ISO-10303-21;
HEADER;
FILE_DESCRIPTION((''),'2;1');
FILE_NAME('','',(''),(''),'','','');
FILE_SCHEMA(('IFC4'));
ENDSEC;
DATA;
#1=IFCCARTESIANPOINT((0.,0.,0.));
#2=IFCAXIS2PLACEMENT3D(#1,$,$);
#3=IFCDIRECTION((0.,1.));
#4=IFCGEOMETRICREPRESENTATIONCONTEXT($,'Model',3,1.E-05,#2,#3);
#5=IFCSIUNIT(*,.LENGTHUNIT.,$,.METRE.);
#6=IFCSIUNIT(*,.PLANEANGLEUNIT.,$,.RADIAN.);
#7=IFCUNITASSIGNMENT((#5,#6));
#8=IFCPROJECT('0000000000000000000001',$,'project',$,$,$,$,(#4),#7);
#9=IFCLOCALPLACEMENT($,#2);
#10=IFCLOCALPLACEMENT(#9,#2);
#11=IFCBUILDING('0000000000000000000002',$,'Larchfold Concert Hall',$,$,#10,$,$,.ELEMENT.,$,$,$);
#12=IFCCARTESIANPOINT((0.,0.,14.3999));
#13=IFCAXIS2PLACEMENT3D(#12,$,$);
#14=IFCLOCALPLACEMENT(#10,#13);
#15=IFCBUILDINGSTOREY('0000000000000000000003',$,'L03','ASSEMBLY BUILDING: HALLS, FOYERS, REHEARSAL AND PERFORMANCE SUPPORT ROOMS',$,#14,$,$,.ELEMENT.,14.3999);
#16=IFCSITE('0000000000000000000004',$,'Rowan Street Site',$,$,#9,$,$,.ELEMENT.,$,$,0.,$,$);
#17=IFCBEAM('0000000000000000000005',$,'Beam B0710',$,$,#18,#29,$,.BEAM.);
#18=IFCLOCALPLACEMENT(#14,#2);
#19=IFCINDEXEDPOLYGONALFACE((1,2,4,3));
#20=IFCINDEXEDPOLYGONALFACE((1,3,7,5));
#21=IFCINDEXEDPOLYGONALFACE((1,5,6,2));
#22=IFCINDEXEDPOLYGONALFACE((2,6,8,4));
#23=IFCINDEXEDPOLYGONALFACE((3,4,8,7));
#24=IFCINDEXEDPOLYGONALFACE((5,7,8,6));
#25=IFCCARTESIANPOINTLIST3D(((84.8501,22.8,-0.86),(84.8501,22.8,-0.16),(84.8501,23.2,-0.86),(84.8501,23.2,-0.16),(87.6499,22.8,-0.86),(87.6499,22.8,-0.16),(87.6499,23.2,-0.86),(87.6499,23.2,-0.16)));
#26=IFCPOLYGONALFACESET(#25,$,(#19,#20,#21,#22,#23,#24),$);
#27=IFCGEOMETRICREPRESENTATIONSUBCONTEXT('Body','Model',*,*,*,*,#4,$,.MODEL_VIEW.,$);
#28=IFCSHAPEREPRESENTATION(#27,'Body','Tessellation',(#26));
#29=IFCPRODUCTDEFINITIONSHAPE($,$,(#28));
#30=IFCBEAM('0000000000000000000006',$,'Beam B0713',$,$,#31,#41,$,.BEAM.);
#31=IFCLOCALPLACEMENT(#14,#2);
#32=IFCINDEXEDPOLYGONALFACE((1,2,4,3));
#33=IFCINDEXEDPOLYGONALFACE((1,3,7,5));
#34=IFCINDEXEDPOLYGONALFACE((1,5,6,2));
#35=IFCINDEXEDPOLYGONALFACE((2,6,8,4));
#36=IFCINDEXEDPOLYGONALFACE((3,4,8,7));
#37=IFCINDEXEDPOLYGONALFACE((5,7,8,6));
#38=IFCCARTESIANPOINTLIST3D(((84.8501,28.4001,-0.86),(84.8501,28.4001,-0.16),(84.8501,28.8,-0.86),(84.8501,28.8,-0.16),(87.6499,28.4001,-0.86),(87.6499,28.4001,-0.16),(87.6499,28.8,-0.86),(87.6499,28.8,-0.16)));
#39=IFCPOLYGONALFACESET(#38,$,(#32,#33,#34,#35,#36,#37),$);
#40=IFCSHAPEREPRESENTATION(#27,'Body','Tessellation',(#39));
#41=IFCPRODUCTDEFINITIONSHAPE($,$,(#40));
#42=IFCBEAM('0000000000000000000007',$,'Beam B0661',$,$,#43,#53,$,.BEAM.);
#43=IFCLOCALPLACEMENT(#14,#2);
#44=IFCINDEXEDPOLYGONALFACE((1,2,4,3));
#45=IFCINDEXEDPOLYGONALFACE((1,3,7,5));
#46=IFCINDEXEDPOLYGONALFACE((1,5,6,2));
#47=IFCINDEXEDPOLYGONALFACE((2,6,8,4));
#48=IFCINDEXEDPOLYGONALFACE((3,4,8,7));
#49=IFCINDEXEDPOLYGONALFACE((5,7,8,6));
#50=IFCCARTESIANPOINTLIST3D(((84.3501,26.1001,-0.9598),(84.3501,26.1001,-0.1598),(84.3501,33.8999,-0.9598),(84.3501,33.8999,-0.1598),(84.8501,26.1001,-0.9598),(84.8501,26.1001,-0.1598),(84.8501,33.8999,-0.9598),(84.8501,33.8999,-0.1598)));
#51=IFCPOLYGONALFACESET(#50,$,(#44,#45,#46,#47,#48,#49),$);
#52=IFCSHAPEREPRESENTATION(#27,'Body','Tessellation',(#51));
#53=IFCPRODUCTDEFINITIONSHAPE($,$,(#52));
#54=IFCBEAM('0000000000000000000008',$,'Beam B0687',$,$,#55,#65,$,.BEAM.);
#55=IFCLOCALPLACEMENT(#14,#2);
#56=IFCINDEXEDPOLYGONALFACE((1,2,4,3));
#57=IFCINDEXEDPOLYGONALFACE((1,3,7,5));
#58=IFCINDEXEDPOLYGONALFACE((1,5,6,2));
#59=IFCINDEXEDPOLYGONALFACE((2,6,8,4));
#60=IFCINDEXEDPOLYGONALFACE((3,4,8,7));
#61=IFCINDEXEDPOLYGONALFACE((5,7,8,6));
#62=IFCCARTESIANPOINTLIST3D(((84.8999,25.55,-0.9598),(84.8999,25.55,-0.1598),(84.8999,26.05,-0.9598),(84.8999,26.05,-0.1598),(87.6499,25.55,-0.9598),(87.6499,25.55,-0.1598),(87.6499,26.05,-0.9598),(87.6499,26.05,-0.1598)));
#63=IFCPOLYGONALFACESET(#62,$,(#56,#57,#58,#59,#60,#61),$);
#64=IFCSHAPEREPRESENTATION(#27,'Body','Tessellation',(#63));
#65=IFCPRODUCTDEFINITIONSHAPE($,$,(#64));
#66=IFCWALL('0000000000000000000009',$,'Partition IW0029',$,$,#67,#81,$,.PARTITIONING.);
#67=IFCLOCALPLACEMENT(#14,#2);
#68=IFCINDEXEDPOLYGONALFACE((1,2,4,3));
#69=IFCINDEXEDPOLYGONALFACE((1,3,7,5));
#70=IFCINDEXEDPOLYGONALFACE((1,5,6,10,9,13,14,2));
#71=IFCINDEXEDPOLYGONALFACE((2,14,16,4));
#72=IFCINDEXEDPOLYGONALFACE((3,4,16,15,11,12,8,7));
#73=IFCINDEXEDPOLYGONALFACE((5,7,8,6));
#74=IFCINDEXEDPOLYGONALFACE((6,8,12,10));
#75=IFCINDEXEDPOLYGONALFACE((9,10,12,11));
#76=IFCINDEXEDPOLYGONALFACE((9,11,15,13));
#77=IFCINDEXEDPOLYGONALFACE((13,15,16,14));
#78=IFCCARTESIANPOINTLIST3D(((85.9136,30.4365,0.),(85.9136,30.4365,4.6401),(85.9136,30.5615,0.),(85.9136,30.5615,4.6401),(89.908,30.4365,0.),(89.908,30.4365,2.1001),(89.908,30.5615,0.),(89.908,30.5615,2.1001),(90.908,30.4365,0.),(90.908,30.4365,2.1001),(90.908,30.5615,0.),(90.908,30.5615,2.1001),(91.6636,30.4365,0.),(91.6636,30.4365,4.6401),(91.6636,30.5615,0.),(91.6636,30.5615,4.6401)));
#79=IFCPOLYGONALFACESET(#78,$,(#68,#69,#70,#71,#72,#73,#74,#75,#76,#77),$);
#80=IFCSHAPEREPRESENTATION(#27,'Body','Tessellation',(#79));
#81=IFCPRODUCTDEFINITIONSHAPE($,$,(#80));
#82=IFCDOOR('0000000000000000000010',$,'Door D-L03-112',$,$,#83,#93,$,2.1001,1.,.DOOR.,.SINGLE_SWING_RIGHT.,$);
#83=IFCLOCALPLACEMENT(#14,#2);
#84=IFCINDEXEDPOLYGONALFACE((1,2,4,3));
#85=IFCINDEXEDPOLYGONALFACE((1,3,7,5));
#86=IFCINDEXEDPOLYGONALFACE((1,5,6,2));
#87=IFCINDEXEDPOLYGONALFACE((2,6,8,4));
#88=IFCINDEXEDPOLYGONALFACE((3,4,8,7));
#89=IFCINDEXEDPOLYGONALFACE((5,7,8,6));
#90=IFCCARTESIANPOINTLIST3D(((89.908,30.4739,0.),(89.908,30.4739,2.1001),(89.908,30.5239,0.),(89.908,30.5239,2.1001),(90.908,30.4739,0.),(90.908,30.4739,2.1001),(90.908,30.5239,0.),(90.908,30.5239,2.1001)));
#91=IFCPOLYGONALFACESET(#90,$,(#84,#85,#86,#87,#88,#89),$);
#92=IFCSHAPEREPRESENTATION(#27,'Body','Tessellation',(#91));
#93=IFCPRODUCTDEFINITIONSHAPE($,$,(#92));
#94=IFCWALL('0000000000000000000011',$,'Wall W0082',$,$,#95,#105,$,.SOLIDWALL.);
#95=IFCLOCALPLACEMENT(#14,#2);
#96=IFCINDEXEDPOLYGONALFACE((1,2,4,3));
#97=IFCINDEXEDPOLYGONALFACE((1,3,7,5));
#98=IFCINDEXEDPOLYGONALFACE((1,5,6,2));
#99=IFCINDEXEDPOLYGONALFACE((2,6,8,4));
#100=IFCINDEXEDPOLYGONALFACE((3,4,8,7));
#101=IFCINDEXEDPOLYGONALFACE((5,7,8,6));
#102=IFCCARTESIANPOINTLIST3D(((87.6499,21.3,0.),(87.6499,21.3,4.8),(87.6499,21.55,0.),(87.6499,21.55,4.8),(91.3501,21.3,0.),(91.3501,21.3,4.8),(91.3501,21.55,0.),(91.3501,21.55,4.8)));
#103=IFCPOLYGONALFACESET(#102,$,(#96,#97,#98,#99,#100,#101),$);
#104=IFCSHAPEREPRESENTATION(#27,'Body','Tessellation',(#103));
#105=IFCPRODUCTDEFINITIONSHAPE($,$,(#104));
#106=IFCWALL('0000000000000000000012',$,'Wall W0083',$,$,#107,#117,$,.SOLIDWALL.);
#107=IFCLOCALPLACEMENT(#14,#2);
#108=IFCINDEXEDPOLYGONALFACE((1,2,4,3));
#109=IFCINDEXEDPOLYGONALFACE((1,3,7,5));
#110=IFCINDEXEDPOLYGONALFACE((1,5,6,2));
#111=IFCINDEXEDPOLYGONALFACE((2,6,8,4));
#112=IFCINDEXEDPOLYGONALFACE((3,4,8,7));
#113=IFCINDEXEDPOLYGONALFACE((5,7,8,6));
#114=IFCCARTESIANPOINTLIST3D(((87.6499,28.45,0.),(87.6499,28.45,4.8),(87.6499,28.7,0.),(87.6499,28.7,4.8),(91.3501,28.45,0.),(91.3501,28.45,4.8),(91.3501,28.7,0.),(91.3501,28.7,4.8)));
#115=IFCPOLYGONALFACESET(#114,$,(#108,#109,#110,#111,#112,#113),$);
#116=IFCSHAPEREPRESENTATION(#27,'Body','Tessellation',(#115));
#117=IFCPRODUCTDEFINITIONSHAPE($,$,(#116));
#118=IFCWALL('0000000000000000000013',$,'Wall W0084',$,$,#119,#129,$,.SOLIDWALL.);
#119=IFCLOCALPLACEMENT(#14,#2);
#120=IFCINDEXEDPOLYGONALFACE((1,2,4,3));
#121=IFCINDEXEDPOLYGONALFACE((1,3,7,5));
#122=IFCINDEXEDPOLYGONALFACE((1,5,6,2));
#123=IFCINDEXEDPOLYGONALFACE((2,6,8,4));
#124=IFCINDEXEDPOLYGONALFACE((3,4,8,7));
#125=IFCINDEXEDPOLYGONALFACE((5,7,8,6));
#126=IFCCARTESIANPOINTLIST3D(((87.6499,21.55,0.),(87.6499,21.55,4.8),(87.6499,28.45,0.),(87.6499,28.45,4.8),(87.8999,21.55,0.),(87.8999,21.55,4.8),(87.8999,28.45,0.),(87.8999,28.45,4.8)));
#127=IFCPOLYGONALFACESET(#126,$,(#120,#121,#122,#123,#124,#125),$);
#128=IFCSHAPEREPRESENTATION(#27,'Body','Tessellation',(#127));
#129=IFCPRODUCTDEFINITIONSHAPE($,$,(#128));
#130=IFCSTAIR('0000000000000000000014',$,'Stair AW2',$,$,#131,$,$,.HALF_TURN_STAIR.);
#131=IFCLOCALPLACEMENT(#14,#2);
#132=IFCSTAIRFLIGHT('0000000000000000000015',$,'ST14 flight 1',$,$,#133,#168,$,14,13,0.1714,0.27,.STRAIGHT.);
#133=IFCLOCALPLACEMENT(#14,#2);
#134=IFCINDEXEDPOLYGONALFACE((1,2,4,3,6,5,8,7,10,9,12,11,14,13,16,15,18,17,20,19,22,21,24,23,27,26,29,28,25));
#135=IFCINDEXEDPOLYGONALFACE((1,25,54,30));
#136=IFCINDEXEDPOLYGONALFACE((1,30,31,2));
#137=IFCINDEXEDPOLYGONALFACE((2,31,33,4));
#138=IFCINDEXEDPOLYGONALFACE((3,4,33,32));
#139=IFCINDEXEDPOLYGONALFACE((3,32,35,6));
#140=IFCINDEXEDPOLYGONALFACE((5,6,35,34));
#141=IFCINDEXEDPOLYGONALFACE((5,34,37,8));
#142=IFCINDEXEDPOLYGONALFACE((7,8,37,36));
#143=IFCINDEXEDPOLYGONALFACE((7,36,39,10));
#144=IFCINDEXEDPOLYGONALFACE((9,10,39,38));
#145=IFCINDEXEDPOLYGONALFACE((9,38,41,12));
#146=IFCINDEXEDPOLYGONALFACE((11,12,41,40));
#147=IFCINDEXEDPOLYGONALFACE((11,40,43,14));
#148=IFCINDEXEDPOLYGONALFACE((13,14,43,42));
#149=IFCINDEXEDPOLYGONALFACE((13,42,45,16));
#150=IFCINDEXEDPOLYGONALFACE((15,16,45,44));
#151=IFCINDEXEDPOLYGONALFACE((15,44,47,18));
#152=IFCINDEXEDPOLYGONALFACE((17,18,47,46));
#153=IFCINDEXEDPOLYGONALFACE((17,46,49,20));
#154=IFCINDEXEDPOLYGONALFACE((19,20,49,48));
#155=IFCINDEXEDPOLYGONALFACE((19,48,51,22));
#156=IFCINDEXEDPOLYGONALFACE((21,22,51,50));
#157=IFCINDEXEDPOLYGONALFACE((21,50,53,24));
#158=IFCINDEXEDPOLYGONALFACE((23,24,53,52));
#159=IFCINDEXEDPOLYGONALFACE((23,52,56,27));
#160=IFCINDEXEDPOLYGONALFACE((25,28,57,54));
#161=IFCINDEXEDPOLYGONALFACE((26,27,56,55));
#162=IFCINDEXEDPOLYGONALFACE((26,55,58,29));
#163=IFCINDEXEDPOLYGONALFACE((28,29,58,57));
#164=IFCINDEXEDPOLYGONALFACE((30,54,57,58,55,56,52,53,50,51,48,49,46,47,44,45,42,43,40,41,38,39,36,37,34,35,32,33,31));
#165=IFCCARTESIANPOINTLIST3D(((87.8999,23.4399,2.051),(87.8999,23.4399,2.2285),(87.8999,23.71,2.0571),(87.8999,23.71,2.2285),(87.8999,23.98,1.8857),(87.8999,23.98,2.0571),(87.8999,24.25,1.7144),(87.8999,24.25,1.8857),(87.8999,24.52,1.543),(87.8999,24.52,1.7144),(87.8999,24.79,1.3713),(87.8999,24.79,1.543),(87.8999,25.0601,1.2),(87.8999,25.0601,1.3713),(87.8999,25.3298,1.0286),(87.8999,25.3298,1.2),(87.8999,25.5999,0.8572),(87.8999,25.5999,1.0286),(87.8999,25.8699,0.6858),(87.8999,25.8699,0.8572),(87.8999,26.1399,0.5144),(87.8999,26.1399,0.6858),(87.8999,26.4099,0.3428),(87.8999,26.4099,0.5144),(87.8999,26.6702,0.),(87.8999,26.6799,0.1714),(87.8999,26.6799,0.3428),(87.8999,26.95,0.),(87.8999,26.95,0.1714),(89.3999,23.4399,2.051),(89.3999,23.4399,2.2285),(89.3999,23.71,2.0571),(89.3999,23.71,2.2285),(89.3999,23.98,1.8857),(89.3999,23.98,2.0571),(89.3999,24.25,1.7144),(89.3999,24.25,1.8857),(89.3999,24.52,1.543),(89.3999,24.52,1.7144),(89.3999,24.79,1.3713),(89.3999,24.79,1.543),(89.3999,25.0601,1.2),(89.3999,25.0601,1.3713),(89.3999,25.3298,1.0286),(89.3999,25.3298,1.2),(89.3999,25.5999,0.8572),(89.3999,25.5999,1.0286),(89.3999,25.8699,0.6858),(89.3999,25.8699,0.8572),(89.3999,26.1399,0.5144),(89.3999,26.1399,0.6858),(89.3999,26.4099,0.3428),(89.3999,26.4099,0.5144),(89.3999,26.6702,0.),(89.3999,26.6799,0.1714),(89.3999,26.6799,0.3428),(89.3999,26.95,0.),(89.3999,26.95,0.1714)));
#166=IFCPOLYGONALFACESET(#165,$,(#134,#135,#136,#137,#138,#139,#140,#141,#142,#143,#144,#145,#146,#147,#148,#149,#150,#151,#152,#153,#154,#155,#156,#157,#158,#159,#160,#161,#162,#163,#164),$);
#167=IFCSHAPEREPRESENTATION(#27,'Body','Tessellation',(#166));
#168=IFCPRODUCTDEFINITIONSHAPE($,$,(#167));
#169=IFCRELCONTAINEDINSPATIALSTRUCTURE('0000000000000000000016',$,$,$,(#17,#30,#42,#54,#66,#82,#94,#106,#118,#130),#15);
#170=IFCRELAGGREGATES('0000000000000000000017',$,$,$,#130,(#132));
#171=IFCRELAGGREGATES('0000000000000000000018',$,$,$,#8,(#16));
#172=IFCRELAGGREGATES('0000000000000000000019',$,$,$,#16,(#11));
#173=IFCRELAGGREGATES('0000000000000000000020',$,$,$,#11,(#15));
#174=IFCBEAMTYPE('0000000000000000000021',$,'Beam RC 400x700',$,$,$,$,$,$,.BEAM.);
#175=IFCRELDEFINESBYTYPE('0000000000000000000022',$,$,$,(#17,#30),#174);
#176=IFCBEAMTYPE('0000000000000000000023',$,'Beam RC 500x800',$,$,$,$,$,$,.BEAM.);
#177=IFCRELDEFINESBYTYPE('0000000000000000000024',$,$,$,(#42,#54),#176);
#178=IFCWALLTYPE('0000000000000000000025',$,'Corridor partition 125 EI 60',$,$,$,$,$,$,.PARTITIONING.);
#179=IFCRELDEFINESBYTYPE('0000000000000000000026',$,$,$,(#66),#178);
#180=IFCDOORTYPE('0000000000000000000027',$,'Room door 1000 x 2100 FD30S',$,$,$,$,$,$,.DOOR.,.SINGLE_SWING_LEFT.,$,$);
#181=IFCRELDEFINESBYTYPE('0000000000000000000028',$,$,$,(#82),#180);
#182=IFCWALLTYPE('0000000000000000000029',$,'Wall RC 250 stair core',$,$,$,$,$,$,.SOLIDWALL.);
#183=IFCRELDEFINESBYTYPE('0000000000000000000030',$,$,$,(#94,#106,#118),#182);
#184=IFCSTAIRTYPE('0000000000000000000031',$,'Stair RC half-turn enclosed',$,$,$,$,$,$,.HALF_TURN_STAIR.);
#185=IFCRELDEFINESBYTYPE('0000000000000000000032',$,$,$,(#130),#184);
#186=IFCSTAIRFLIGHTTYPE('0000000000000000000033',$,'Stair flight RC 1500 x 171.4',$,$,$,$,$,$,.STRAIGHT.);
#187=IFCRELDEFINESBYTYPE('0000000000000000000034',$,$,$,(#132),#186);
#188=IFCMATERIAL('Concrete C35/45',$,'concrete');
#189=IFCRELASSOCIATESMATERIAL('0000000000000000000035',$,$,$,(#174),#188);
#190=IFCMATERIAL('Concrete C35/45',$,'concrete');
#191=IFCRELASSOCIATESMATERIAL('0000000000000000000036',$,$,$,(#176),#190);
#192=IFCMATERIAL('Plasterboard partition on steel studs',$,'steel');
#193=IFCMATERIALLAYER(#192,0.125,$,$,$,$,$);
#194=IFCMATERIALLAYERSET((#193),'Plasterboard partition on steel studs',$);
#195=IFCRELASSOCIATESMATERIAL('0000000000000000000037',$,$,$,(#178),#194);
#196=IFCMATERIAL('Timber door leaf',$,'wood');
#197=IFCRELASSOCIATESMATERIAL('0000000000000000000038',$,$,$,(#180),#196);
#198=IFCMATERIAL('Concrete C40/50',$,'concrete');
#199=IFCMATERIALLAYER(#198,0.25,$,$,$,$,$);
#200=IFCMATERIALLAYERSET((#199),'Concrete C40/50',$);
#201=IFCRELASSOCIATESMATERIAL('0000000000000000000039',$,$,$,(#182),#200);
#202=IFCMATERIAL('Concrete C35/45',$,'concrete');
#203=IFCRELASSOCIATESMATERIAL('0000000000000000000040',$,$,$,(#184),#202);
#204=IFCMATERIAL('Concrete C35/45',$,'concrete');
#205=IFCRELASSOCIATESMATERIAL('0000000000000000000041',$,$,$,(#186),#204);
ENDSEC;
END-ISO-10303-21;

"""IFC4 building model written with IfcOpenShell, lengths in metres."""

from ifc_helpers import new_model, si_unit, direction, frame, frame_2d, origin, origin_2d, place, context, subcontext, project, spatial, polyline, rectangle, outline, extrude, material, layer, layer_set, material_profile, profile_set, type_object, element, fill, aggregate, save


model = new_model("IFC4")

# Units and contexts
model_context = context("Model", 3, precision=1e-05, world=origin(), true_north=direction((0.0, 1.0)))
body_context = subcontext(model_context, "Body", "Model", "MODEL_VIEW")
ifc_project = project(units=[si_unit("LENGTHUNIT", "METRE"), si_unit("PLANEANGLEUNIT", "RADIAN")], contexts=[model_context])

# Site, building, storey
site_placement = place(None, origin())
site = spatial("IfcSite", under=ifc_project, at=site_placement, Name="Rowan Street Site", CompositionType="ELEMENT", RefElevation=0.0)
building_placement = place(site_placement, origin())
building = spatial("IfcBuilding", under=site, at=building_placement, Name="Larchfold Concert Hall", CompositionType="ELEMENT")
storey_placement = place(building_placement, frame((0.0, 0.0, 14.3999)))
storey = spatial("IfcBuildingStorey", under=building, at=storey_placement, Name="L03", Description="ASSEMBLY BUILDING: HALLS, FOYERS, REHEARSAL AND PERFORMANCE SUPPORT ROOMS", CompositionType="ELEMENT", Elevation=14.3999)

# Beams
ifc_material_1 = material(Name="Concrete C35/45", Category="concrete")
ifc_material_profile_1 = material_profile(ifc_material_1, rectangle(XDim=0.3999, YDim=0.7, at=origin_2d()))
ifc_profile_set_1 = profile_set([ifc_material_profile_1], Name="Concrete C35/45")
beam_type_1 = type_object("IfcBeamType", Name="Beam RC 400x700", PredefinedType="BEAM", material=ifc_profile_set_1)
for number, where, z_axis, x_axis, name in (
    (1, (84.8501, 23.0, -0.51), (1.0, 0.0, 0.0), (0.0, 1.0, 0.0), "Beam B0710"),
    (2, (84.8501, 28.6001, -0.51), (1.0, 0.0, 0.0), (0.0, 1.0, 0.0), "Beam B0713"),
):
    element("IfcBeam", number, at=place(storey_placement, frame(where, z_axis=z_axis, x_axis=x_axis)), inside=storey, type_object=beam_type_1, Name=name, PredefinedType="BEAM", context=body_context, shape_type="SweptSolid", body=[
        extrude(rectangle(XDim=0.3999, YDim=0.7, at=origin_2d()), origin(), (0.0, 0.0, 1.0), 2.7998),
    ])
ifc_material_2 = material(Name="Concrete C35/45", Category="concrete")
ifc_material_profile_2 = material_profile(ifc_material_2, rectangle(XDim=0.5, YDim=0.8, at=origin_2d()))
ifc_profile_set_2 = profile_set([ifc_material_profile_2], Name="Concrete C35/45")
beam_type_2 = type_object("IfcBeamType", Name="Beam RC 500x800", PredefinedType="BEAM", material=ifc_profile_set_2)
beam_1_placement = place(storey_placement, frame((84.6001, 26.1001, -0.5598), z_axis=(0.0, 1.0, 0.0), x_axis=(-1.0, 0.0, 0.0)))
element("IfcBeam", 3, at=beam_1_placement, inside=storey, type_object=beam_type_2, Name="Beam B0661", PredefinedType="BEAM", context=body_context, shape_type="SweptSolid", body=[
    extrude(rectangle(XDim=0.5, YDim=0.8, at=origin_2d()), origin(), (0.0, 0.0, 1.0), 7.7998),
])
beam_2_placement = place(storey_placement, frame((84.8999, 25.8, -0.5598), z_axis=(1.0, 0.0, 0.0), x_axis=(0.0, 1.0, 0.0)))
element("IfcBeam", 4, at=beam_2_placement, inside=storey, type_object=beam_type_2, Name="Beam B0687", PredefinedType="BEAM", context=body_context, shape_type="SweptSolid", body=[
    extrude(rectangle(XDim=0.5, YDim=0.8, at=origin_2d()), origin(), (0.0, 0.0, 1.0), 2.75),
])

# Wall, opening, door
ifc_material_3 = material(Name="Plasterboard partition on steel studs", Category="steel")
ifc_layer_1 = layer(ifc_material_3, 0.125)
ifc_layer_set_1 = layer_set([ifc_layer_1], Name="Plasterboard partition on steel studs")
wall_type_1 = type_object("IfcWallType", Name="Corridor partition 125 EI 60", PredefinedType="PARTITIONING", material=ifc_layer_set_1)
wall_1_placement = place(storey_placement, frame((85.9136, 30.499, 0.0), z_axis=(0.0, 0.0, 1.0), x_axis=(1.0, 0.0, 0.0)))
wall_1 = element("IfcWall", 5, at=wall_1_placement, inside=storey, type_object=wall_type_1, Name="Partition IW0029", PredefinedType="PARTITIONING", context=body_context, shape_type="SweptSolid", body=[
    extrude(rectangle(XDim=5.75, YDim=0.125, at=frame_2d((2.875, 0.0))), origin(), (0.0, 0.0, 1.0), 4.6401),
])
opening_placement = place(wall_1_placement, frame((3.9944, 0.0, 0.0)))
opening = element("IfcOpeningElement", 6, at=opening_placement, cuts=wall_1, PredefinedType="OPENING", context=body_context, shape_type="SweptSolid", body=[
    extrude(rectangle(XDim=1.0, YDim=2.1001, at=frame_2d((0.5, 1.05))), frame((0.0, 0.0725, 0.0), z_axis=(0.0, -1.0, 0.0), x_axis=(1.0, 0.0, 0.0)), (0.0, 0.0, 1.0), 0.145),
])
ifc_material_4 = material(Name="Timber door leaf", Category="wood")
door_type = type_object("IfcDoorType", Name="Room door 1000 x 2100 FD30S", OperationType="SINGLE_SWING_LEFT", PredefinedType="DOOR", material=ifc_material_4)
door_placement = place(opening_placement, origin())
door = element("IfcDoor", 7, at=door_placement, inside=storey, type_object=door_type, Name="Door D-L03-112", OperationType="SINGLE_SWING_RIGHT", OverallHeight=2.1001, OverallWidth=1.0, PredefinedType="DOOR", context=body_context, shape_type="SweptSolid", body=[
    extrude(rectangle(XDim=1.0, YDim=2.1001, at=frame_2d((0.5, 1.05))), frame((0.0, 0.0249, 0.0), z_axis=(0.0, -1.0, 0.0), x_axis=(1.0, 0.0, 0.0)), (0.0, 0.0, 1.0), 0.05),
])
fill(opening, door)

# Walls
ifc_material_5 = material(Name="Concrete C40/50", Category="concrete")
ifc_layer_2 = layer(ifc_material_5, 0.25)
ifc_layer_set_2 = layer_set([ifc_layer_2], Name="Concrete C40/50")
wall_type_2 = type_object("IfcWallType", Name="Wall RC 250 stair core", PredefinedType="SOLIDWALL", material=ifc_layer_set_2)
for number, where, z_axis, x_axis, name in (
    (8, (87.6499, 21.425, 0.0), (0.0, 0.0, 1.0), (1.0, 0.0, 0.0), "Wall W0082"),
    (9, (87.6499, 28.575, 0.0), (0.0, 0.0, 1.0), (1.0, 0.0, 0.0), "Wall W0083"),
):
    element("IfcWall", number, at=place(storey_placement, frame(where, z_axis=z_axis, x_axis=x_axis)), inside=storey, type_object=wall_type_2, Name=name, PredefinedType="SOLIDWALL", context=body_context, shape_type="SweptSolid", body=[
        extrude(rectangle(XDim=3.7002, YDim=0.25, at=frame_2d((1.8501, 0.0))), origin(), (0.0, 0.0, 1.0), 4.8),
    ])
wall_2_placement = place(storey_placement, frame((87.7749, 21.55, 0.0), z_axis=(0.0, 0.0, 1.0), x_axis=(0.0, 1.0, 0.0)))
element("IfcWall", 10, at=wall_2_placement, inside=storey, type_object=wall_type_2, Name="Wall W0084", PredefinedType="SOLIDWALL", context=body_context, shape_type="SweptSolid", body=[
    extrude(rectangle(XDim=6.8999, YDim=0.25, at=frame_2d((3.45, 0.0))), origin(), (0.0, 0.0, 1.0), 4.8),
])

# Stair, stair flight
ifc_material_6 = material(Name="Concrete C35/45", Category="concrete")
stair_type = type_object("IfcStairType", Name="Stair RC half-turn enclosed", PredefinedType="HALF_TURN_STAIR", material=ifc_material_6)
stair_placement = place(storey_placement, origin())
stair = element("IfcStair", 11, at=stair_placement, inside=storey, type_object=stair_type, Name="Stair AW2", PredefinedType="HALF_TURN_STAIR")
ifc_material_7 = material(Name="Concrete C35/45", Category="concrete")
stair_flight_type = type_object("IfcStairFlightType", Name="Stair flight RC 1500 x 171.4", PredefinedType="STRAIGHT", material=ifc_material_7)
stair_flight_1_placement = place(storey_placement, frame((88.6499, 26.95, 0.0), z_axis=(0.0, 0.0, 1.0), x_axis=(0.0, -1.0, 0.0)))
stair_flight_1 = element("IfcStairFlight", 12, at=stair_flight_1_placement, type_object=stair_flight_type, Name="ST14 flight 1", NumberOfRisers=14, NumberOfTreads=13, PredefinedType="STRAIGHT", RiserHeight=0.1714, TreadLength=0.27, context=body_context, shape_type="SweptSolid", body=[
    extrude(outline(polyline([(0.0, 0.0), (0.0, 0.1714), (0.27, 0.1714), (0.27, 0.3428), (0.54, 0.3428), (0.54, 0.5144), (0.8101, 0.5144), (0.8101, 0.6858), (1.0801, 0.6858), (1.0801, 0.8572), (1.3501, 0.8572), (1.3501, 1.0286), (1.6201, 1.0286), (1.6201, 1.2), (1.8899, 1.2), (1.8899, 1.3713), (2.1599, 1.3713), (2.1599, 1.543), (2.4299, 1.543), (2.4299, 1.7144), (2.7, 1.7144), (2.7, 1.8857), (2.97, 1.8857), (2.97, 2.0571), (3.24, 2.0571), (3.24, 2.2285), (3.51, 2.2285), (3.51, 2.3999), (3.51, 2.051), (0.2798, 0.0), (0.0, 0.0)])), frame((0.0, 0.75, 0.0), z_axis=(0.0, -1.0, 0.0), x_axis=(1.0, 0.0, 0.0)), (0.0, 0.0, 1.0), 1.5),
])
aggregate(stair, [stair_flight_1])

save(model, "model.ifc")
